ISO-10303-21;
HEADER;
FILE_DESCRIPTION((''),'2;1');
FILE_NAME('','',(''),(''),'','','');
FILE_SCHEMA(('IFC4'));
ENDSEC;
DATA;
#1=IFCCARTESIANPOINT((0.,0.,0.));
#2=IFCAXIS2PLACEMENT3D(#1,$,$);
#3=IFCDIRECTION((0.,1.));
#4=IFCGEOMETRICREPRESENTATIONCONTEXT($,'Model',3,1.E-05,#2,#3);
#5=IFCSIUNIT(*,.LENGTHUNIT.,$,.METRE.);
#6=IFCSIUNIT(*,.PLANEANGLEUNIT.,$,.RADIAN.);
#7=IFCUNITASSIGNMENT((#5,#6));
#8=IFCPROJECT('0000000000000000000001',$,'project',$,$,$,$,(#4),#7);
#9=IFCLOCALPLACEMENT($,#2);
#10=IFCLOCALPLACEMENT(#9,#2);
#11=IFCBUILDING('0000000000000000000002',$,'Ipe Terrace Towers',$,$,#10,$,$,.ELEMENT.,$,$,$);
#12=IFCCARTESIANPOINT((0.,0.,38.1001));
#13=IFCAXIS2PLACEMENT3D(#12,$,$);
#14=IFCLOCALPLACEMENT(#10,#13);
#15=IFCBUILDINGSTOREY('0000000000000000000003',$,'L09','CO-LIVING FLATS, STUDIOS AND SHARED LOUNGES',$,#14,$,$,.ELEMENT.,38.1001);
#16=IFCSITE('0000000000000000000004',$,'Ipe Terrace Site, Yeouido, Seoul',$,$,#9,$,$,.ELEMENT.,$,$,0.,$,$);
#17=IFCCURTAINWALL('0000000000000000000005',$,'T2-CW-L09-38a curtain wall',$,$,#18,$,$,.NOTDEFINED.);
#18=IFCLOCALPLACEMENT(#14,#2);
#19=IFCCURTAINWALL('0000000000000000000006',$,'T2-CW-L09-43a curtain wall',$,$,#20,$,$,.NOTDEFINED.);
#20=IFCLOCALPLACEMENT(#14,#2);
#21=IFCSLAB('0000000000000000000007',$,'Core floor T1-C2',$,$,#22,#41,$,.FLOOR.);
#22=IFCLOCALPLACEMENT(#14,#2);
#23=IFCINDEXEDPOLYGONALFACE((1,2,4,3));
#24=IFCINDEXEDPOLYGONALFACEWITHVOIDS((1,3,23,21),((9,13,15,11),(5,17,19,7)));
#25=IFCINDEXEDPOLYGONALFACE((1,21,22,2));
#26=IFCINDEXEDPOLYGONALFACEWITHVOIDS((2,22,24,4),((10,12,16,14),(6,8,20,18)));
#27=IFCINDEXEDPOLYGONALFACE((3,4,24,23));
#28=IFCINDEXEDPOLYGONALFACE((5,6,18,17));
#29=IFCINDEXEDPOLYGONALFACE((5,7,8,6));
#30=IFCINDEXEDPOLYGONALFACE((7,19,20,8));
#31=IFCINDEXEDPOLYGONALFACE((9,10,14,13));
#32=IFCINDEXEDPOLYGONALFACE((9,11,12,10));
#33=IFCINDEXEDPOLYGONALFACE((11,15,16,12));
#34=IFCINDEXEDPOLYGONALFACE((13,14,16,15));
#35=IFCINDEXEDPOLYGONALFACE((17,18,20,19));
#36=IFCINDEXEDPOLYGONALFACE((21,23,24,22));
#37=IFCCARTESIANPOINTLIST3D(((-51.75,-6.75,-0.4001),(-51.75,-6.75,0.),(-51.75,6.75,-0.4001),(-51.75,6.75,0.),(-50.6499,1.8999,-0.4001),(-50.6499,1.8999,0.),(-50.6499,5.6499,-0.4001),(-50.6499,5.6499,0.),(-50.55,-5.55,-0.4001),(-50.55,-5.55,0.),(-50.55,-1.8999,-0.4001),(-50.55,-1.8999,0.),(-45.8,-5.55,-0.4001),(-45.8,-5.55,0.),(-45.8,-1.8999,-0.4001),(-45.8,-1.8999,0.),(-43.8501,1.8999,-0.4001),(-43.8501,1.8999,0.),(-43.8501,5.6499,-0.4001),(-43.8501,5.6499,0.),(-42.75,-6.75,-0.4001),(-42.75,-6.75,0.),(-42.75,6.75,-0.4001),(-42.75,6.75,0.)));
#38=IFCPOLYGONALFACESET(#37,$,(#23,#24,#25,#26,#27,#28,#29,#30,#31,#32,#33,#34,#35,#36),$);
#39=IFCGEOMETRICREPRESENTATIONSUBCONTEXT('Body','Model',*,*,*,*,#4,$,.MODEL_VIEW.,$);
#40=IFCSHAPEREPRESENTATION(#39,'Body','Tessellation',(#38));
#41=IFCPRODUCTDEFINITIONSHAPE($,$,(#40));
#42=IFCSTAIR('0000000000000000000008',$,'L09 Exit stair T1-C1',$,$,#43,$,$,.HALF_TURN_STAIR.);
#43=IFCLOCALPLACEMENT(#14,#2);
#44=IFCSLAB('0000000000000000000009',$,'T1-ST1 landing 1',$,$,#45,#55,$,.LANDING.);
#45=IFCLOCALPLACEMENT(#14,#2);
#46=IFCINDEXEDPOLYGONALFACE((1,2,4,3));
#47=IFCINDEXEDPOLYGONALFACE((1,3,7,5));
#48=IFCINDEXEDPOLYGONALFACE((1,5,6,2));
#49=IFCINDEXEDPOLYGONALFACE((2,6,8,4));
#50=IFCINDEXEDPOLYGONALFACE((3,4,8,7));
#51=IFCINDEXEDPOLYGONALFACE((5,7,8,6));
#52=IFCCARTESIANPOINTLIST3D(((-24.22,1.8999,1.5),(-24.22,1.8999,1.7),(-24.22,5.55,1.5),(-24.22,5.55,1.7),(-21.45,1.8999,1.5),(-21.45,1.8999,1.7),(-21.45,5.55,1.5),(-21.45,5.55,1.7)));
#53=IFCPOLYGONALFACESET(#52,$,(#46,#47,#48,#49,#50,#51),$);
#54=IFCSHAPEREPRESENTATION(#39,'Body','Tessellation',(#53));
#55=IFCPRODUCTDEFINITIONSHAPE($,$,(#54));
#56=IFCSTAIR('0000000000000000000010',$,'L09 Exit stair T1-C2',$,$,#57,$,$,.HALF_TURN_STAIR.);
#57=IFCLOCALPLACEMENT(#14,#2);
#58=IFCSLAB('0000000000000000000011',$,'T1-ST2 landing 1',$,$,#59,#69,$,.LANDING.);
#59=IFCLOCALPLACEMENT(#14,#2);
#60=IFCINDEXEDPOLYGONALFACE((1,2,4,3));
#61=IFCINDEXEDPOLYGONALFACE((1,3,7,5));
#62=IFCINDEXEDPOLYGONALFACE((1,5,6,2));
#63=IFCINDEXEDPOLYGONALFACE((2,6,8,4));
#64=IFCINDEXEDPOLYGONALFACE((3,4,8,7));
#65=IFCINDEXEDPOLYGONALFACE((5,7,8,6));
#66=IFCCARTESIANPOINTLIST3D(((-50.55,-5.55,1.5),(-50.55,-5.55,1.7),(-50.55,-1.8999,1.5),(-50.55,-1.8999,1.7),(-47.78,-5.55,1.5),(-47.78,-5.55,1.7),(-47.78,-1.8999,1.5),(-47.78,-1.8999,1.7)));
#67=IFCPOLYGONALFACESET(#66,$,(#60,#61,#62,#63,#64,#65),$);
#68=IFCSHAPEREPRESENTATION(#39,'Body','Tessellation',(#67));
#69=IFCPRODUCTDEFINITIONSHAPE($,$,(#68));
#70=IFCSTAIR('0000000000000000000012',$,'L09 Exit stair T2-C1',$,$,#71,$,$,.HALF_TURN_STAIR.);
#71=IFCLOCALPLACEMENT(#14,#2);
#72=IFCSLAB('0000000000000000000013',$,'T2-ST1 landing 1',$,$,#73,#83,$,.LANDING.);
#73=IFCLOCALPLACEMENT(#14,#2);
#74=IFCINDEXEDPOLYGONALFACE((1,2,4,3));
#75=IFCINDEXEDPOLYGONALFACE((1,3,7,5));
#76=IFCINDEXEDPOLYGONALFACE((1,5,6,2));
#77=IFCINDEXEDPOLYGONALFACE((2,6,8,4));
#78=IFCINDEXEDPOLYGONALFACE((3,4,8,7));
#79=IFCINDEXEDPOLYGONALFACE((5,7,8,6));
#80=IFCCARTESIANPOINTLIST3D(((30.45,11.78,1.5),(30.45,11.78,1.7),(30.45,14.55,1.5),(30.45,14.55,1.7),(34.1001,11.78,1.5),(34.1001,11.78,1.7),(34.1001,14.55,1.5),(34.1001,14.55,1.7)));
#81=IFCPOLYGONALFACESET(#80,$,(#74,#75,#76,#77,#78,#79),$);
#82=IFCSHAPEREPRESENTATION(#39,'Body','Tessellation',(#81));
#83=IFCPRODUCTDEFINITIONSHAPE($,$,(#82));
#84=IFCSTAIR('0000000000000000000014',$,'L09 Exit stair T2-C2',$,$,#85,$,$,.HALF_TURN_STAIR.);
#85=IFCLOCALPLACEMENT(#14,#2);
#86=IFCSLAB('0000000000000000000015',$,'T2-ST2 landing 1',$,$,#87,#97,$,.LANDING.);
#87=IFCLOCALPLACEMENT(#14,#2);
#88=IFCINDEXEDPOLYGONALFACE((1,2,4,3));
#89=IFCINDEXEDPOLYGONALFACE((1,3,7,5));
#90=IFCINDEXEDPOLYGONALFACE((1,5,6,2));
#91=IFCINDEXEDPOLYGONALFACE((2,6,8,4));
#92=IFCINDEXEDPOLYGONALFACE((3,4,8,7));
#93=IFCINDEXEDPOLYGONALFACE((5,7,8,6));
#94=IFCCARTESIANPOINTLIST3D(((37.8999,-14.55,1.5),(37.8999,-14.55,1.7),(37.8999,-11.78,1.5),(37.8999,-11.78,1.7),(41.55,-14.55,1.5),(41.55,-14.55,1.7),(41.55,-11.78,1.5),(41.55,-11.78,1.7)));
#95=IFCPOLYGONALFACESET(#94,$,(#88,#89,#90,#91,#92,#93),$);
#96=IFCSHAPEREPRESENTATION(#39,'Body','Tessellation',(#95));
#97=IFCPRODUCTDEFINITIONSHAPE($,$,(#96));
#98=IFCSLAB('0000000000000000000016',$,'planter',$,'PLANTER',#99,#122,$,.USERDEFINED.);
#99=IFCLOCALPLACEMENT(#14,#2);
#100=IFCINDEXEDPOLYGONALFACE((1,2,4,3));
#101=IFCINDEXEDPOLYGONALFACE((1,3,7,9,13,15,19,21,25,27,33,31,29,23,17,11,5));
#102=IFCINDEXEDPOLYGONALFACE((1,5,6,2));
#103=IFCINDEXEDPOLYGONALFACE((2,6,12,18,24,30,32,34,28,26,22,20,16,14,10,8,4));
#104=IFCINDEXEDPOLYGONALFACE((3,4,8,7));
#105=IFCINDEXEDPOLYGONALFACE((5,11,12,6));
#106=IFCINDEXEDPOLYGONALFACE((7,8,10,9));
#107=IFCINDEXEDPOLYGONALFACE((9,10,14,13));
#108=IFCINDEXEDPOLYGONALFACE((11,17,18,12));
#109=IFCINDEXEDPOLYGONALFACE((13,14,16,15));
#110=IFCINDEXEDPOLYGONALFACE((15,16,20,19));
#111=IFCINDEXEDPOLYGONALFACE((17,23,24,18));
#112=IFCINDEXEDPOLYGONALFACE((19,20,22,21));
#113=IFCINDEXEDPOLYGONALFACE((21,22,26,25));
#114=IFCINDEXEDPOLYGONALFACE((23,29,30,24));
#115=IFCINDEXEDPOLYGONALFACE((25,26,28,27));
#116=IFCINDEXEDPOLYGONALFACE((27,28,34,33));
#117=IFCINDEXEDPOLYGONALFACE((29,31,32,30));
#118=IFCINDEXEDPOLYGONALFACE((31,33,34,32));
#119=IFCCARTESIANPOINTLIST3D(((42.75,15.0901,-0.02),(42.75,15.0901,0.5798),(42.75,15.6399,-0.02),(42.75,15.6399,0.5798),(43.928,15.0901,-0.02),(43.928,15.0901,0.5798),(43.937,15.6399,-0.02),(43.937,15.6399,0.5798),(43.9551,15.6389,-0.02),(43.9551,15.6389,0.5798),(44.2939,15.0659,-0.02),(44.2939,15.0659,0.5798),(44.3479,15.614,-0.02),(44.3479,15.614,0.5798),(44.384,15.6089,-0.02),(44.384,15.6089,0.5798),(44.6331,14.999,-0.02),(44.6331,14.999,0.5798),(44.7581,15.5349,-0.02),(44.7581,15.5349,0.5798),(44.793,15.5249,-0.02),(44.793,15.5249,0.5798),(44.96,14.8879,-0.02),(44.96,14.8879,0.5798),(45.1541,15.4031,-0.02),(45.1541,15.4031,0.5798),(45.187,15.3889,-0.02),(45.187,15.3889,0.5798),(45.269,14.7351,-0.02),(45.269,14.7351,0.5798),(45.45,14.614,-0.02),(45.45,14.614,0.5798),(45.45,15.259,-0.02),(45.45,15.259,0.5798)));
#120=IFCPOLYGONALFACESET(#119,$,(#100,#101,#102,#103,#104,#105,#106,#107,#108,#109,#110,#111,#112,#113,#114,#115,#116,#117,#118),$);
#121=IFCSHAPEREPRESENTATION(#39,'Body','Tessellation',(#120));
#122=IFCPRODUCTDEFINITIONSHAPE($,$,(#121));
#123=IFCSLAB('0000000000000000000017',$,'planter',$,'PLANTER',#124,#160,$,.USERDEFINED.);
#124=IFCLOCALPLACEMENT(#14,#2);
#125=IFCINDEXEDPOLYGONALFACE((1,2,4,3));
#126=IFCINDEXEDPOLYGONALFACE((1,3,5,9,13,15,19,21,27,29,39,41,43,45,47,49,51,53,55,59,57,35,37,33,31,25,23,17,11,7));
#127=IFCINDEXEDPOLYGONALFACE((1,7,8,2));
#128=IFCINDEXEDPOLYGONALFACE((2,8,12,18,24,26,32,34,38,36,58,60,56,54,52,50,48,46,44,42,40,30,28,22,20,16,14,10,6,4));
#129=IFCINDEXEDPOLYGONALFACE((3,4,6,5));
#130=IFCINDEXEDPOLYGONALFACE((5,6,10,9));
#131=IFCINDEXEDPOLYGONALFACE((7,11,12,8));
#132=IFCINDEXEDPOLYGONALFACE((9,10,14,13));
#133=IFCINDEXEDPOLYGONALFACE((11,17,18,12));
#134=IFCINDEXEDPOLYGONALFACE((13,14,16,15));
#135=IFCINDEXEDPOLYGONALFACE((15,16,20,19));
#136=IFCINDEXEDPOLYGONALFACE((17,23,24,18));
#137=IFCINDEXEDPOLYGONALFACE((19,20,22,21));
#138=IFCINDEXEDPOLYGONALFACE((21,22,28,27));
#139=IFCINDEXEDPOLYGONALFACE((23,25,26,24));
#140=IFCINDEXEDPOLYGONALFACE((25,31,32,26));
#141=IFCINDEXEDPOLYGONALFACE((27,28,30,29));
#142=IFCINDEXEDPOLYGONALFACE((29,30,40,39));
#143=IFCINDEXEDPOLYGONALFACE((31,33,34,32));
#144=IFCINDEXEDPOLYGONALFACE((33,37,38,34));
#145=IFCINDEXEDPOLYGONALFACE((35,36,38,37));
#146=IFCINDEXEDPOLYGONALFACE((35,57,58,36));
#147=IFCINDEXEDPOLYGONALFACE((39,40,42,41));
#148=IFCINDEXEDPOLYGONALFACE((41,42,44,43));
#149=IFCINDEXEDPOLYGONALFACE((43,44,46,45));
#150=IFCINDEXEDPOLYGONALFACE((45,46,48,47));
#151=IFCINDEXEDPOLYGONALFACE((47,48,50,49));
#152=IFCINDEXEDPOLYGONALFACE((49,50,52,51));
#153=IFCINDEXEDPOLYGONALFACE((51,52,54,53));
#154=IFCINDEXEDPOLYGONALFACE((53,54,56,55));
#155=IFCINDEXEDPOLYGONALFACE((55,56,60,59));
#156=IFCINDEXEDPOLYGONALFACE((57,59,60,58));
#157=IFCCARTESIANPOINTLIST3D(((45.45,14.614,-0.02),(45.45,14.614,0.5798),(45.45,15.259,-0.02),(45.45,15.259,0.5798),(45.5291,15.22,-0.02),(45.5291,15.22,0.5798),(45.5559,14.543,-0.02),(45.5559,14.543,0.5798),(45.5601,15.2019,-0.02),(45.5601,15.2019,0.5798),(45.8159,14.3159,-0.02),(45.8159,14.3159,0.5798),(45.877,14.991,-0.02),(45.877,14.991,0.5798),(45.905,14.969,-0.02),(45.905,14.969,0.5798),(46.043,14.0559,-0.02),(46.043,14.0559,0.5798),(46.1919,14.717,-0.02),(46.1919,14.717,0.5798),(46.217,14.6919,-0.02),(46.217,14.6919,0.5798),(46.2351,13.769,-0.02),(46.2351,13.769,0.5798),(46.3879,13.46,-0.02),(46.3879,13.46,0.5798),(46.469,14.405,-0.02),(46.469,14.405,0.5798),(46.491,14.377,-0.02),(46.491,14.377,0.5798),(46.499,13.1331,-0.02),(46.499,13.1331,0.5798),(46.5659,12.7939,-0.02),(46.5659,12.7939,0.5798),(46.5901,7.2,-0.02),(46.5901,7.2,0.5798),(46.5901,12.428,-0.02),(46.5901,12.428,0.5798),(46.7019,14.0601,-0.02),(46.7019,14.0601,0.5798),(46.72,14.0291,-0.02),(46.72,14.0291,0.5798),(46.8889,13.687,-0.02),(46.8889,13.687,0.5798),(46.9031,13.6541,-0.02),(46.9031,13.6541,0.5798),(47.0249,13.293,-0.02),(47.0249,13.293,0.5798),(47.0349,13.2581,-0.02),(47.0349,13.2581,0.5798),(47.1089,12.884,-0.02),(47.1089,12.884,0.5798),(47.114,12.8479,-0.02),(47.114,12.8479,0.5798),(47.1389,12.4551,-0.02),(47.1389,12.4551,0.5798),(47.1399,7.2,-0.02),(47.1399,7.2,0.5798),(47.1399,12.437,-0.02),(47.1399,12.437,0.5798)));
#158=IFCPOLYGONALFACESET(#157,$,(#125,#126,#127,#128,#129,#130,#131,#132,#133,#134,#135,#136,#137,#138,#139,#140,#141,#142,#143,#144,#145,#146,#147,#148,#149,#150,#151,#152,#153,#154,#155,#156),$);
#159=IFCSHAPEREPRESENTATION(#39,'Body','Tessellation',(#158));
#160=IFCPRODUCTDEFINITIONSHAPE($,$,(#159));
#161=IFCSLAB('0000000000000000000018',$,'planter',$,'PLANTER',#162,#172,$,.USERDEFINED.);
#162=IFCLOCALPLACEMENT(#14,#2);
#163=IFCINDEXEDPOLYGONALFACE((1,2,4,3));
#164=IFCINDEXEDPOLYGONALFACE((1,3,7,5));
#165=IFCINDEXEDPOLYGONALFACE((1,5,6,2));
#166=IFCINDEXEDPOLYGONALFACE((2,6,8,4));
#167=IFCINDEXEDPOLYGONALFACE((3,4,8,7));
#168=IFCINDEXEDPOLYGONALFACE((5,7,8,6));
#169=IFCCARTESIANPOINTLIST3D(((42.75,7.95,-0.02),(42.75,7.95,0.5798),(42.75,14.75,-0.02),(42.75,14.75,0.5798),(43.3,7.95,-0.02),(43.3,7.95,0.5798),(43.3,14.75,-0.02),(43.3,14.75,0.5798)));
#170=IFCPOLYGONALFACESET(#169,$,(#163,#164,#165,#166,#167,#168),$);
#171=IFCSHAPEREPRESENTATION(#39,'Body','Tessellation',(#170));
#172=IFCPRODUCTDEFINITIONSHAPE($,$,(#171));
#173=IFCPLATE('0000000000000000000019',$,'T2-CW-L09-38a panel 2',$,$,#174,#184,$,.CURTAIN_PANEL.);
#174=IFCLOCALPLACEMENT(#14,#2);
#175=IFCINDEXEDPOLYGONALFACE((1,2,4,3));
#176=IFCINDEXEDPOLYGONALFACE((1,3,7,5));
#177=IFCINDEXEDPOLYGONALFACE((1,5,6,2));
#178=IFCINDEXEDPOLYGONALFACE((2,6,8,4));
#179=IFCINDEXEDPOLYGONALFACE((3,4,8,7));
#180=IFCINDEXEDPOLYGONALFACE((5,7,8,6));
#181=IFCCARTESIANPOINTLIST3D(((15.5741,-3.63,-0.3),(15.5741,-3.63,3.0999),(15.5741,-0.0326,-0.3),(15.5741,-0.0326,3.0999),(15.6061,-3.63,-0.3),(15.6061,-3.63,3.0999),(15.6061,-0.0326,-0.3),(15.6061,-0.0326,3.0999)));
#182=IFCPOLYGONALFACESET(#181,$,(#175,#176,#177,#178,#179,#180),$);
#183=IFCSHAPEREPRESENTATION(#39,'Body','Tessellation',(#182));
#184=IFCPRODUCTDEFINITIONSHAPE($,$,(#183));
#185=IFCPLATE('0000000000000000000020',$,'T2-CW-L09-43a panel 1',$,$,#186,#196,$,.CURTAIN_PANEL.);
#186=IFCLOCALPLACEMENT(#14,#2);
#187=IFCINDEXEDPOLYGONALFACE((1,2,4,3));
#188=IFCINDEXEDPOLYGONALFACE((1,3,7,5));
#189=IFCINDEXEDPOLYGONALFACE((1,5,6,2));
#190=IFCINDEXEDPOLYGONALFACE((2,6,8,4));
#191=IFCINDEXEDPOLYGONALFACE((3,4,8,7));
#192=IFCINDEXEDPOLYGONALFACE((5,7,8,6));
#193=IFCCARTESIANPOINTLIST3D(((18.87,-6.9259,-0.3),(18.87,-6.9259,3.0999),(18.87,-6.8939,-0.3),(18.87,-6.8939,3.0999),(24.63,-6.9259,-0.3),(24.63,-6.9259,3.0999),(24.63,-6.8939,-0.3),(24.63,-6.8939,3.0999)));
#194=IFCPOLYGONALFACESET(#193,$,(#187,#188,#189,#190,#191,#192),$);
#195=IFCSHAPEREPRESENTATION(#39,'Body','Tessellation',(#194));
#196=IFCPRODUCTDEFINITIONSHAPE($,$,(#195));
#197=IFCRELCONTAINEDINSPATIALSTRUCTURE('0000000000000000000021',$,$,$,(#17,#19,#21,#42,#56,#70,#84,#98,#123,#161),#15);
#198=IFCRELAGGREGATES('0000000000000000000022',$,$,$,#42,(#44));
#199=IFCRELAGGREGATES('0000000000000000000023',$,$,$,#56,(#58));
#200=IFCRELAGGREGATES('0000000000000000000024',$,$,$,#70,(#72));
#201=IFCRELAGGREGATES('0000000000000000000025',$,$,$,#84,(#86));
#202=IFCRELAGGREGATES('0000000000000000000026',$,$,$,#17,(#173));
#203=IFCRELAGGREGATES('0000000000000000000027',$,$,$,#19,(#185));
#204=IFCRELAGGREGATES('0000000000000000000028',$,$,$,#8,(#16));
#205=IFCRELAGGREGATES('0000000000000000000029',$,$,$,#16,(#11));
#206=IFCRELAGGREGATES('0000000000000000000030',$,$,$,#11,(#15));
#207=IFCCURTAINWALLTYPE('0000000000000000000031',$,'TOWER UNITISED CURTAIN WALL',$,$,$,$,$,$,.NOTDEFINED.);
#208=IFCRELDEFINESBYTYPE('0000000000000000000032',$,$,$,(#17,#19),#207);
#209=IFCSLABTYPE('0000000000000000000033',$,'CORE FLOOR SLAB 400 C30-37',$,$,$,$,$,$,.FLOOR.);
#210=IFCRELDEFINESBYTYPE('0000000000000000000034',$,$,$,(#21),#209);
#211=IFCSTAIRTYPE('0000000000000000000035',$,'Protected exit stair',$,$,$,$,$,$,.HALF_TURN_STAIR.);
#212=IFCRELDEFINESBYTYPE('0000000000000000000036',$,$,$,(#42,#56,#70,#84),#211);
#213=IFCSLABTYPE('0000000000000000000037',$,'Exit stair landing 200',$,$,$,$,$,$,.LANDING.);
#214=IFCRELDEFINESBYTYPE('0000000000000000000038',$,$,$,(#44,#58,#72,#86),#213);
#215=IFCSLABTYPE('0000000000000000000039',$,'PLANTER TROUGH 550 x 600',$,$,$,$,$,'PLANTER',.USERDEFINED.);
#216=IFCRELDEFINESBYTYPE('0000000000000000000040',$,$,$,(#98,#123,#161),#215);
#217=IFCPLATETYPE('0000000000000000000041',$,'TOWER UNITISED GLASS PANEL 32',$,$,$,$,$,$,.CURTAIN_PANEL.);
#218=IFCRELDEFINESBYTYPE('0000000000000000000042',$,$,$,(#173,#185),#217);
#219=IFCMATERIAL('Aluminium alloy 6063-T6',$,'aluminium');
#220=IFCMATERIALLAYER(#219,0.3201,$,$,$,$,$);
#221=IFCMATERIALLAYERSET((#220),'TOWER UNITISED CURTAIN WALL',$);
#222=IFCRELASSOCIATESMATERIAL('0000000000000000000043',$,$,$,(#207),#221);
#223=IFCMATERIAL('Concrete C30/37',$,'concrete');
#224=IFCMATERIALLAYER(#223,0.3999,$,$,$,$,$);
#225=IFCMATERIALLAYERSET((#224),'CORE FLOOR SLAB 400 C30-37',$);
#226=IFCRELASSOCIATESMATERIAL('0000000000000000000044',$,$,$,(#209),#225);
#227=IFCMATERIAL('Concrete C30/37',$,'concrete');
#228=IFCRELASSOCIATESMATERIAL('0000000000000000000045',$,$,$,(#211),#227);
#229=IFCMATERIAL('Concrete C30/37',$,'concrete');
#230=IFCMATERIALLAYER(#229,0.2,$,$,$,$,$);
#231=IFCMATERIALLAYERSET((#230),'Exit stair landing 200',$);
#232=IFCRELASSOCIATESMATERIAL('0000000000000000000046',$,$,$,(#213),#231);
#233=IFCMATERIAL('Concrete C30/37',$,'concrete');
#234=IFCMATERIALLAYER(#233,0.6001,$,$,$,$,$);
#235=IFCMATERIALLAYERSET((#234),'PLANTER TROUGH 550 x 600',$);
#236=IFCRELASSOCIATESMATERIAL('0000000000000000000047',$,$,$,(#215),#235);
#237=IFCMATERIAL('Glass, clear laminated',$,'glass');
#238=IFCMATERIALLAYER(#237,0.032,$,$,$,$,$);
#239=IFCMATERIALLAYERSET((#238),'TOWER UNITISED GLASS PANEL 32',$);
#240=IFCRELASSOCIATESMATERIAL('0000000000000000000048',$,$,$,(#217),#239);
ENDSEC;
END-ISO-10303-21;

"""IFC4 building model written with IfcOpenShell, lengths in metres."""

from ifc_helpers import new_model, si_unit, direction, frame, origin, origin_2d, place, context, subcontext, project, spatial, polyline, rectangle, outline, extrude, material, layer, layer_set, type_object, element, aggregate, save


model = new_model("IFC4")

# Units and contexts
model_context = context("Model", 3, precision=1e-05, world=origin(), true_north=direction((0.0, 1.0)))
body_context = subcontext(model_context, "Body", "Model", "MODEL_VIEW")
ifc_project = project(units=[si_unit("LENGTHUNIT", "METRE"), si_unit("PLANEANGLEUNIT", "RADIAN")], contexts=[model_context])

# Site, building, storey
site_placement = place(None, origin())
site = spatial("IfcSite", under=ifc_project, at=site_placement, Name="Ipe Terrace Site, Yeouido, Seoul", CompositionType="ELEMENT", RefElevation=0.0)
building_placement = place(site_placement, origin())
building = spatial("IfcBuilding", under=site, at=building_placement, Name="Ipe Terrace Towers", CompositionType="ELEMENT")
storey_placement = place(building_placement, frame((0.0, 0.0, 38.1001)))
storey = spatial("IfcBuildingStorey", under=building, at=storey_placement, Name="L09", Description="CO-LIVING FLATS, STUDIOS AND SHARED LOUNGES", CompositionType="ELEMENT", Elevation=38.1001)

# Curtain wall
ifc_material_1 = material(Name="Aluminium alloy 6063-T6", Category="aluminium")
ifc_layer_1 = layer(ifc_material_1, 0.3201)
ifc_layer_set_1 = layer_set([ifc_layer_1], Name="TOWER UNITISED CURTAIN WALL")
curtain_wall_type = type_object("IfcCurtainWallType", Name="TOWER UNITISED CURTAIN WALL", PredefinedType="NOTDEFINED", material=ifc_layer_set_1)
curtain_wall_1_placement = place(storey_placement, origin())
curtain_wall_1 = element("IfcCurtainWall", 1, at=curtain_wall_1_placement, inside=storey, type_object=curtain_wall_type, Name="T2-CW-L09-38a curtain wall", PredefinedType="NOTDEFINED")

# Curtain wall
curtain_wall_2_placement = place(storey_placement, origin())
curtain_wall_2 = element("IfcCurtainWall", 2, at=curtain_wall_2_placement, inside=storey, type_object=curtain_wall_type, Name="T2-CW-L09-43a curtain wall", PredefinedType="NOTDEFINED")

# Slab
ifc_material_2 = material(Name="Concrete C30/37", Category="concrete")
ifc_layer_2 = layer(ifc_material_2, 0.3999)
ifc_layer_set_2 = layer_set([ifc_layer_2], Name="CORE FLOOR SLAB 400 C30-37")
slab_type_1 = type_object("IfcSlabType", Name="CORE FLOOR SLAB 400 C30-37", PredefinedType="FLOOR", material=ifc_layer_set_2)
slab_1_placement = place(storey_placement, frame((0.0, 0.0, -0.4001)))
element("IfcSlab", 3, at=slab_1_placement, inside=storey, type_object=slab_type_1, Name="Core floor T1-C2", PredefinedType="FLOOR", context=body_context, shape_type="SweptSolid", body=[
    extrude(outline(polyline([(-51.75, -6.75), (-51.75, 6.75), (-42.75, 6.75), (-42.75, -6.75), (-51.75, -6.75)]), holes=[polyline([(-45.8, -5.55), (-45.8, -1.8999), (-50.55, -1.8999), (-50.55, -5.55), (-45.8, -5.55)]), polyline([(-50.6499, 1.8999), (-43.8501, 1.8999), (-43.8501, 5.6499), (-50.6499, 5.6499), (-50.6499, 1.8999)])]), origin(), (0.0, 0.0, 1.0), 0.4001),
])

# Stairs, slabs
ifc_material_3 = material(Name="Concrete C30/37", Category="concrete")
stair_type = type_object("IfcStairType", Name="Protected exit stair", PredefinedType="HALF_TURN_STAIR", material=ifc_material_3)
stair_1_placement = place(storey_placement, origin())
stair_1 = element("IfcStair", 4, at=stair_1_placement, inside=storey, type_object=stair_type, Name="L09 Exit stair T1-C1", PredefinedType="HALF_TURN_STAIR")
ifc_material_4 = material(Name="Concrete C30/37", Category="concrete")
ifc_layer_3 = layer(ifc_material_4, 0.2)
ifc_layer_set_3 = layer_set([ifc_layer_3], Name="Exit stair landing 200")
slab_type_2 = type_object("IfcSlabType", Name="Exit stair landing 200", PredefinedType="LANDING", material=ifc_layer_set_3)
slab_2_placement = place(storey_placement, frame((0.0, 0.0, 1.5)))
slab_2 = element("IfcSlab", 5, at=slab_2_placement, type_object=slab_type_2, Name="T1-ST1 landing 1", PredefinedType="LANDING", context=body_context, shape_type="SweptSolid", body=[
    extrude(outline(polyline([(-24.22, 1.8999), (-21.45, 1.8999), (-21.45, 5.55), (-24.22, 5.55), (-24.22, 1.8999)])), origin(), (0.0, 0.0, 1.0), 0.2),
])
aggregate(stair_1, [slab_2])
stair_2_placement = place(storey_placement, origin())
stair_2 = element("IfcStair", 6, at=stair_2_placement, inside=storey, type_object=stair_type, Name="L09 Exit stair T1-C2", PredefinedType="HALF_TURN_STAIR")
slab_3_placement = place(storey_placement, frame((0.0, 0.0, 1.5)))
slab_3 = element("IfcSlab", 7, at=slab_3_placement, type_object=slab_type_2, Name="T1-ST2 landing 1", PredefinedType="LANDING", context=body_context, shape_type="SweptSolid", body=[
    extrude(outline(polyline([(-47.78, -1.8999), (-50.55, -1.8999), (-50.55, -5.55), (-47.78, -5.55), (-47.78, -1.8999)])), origin(), (0.0, 0.0, 1.0), 0.2),
])
aggregate(stair_2, [slab_3])
stair_3_placement = place(storey_placement, origin())
stair_3 = element("IfcStair", 8, at=stair_3_placement, inside=storey, type_object=stair_type, Name="L09 Exit stair T2-C1", PredefinedType="HALF_TURN_STAIR")
slab_4_placement = place(storey_placement, frame((0.0, 0.0, 1.5)))
slab_4 = element("IfcSlab", 9, at=slab_4_placement, type_object=slab_type_2, Name="T2-ST1 landing 1", PredefinedType="LANDING", context=body_context, shape_type="SweptSolid", body=[
    extrude(outline(polyline([(34.1001, 11.78), (34.1001, 14.55), (30.45, 14.55), (30.45, 11.78), (34.1001, 11.78)])), origin(), (0.0, 0.0, 1.0), 0.2),
])
aggregate(stair_3, [slab_4])
stair_4_placement = place(storey_placement, origin())
stair_4 = element("IfcStair", 10, at=stair_4_placement, inside=storey, type_object=stair_type, Name="L09 Exit stair T2-C2", PredefinedType="HALF_TURN_STAIR")
slab_5_placement = place(storey_placement, frame((0.0, 0.0, 1.5)))
slab_5 = element("IfcSlab", 11, at=slab_5_placement, type_object=slab_type_2, Name="T2-ST2 landing 1", PredefinedType="LANDING", context=body_context, shape_type="SweptSolid", body=[
    extrude(outline(polyline([(37.8999, -11.78), (37.8999, -14.55), (41.55, -14.55), (41.55, -11.78), (37.8999, -11.78)])), origin(), (0.0, 0.0, 1.0), 0.2),
])
aggregate(stair_4, [slab_5])

# Slabs
ifc_material_5 = material(Name="Concrete C30/37", Category="concrete")
ifc_layer_4 = layer(ifc_material_5, 0.6001)
ifc_layer_set_4 = layer_set([ifc_layer_4], Name="PLANTER TROUGH 550 x 600")
slab_type_3 = type_object("IfcSlabType", Name="PLANTER TROUGH 550 x 600", ElementType="PLANTER", PredefinedType="USERDEFINED", material=ifc_layer_set_4)
slab_6_placement = place(storey_placement, frame((0.0, 0.0, -0.02)))
element("IfcSlab", 12, at=slab_6_placement, inside=storey, type_object=slab_type_3, Name="planter", ObjectType="PLANTER", PredefinedType="USERDEFINED", context=body_context, shape_type="SweptSolid", body=[
    extrude(outline(polyline([(44.6331, 14.999), (44.96, 14.8879), (45.269, 14.7351), (45.45, 14.614), (45.45, 15.259), (45.187, 15.3889), (45.1541, 15.4031), (44.793, 15.5249), (44.7581, 15.5349), (44.384, 15.6089), (44.3479, 15.614), (43.9551, 15.6389), (43.937, 15.6399), (42.75, 15.6399), (42.75, 15.0901), (43.928, 15.0901), (44.2939, 15.0659), (44.6331, 14.999)])), origin(), (0.0, 0.0, 1.0), 0.5999),
])
slab_7_placement = place(storey_placement, frame((0.0, 0.0, -0.02)))
element("IfcSlab", 13, at=slab_7_placement, inside=storey, type_object=slab_type_3, Name="planter", ObjectType="PLANTER", PredefinedType="USERDEFINED", context=body_context, shape_type="SweptSolid", body=[
    extrude(outline(polyline([(45.5559, 14.543), (45.8159, 14.3159), (46.043, 14.0559), (46.2351, 13.769), (46.3879, 13.46), (46.499, 13.1331), (46.5659, 12.7939), (46.5901, 12.428), (46.5901, 7.2), (47.1399, 7.2), (47.1399, 12.437), (47.1389, 12.4551), (47.114, 12.8479), (47.1089, 12.884), (47.0349, 13.2581), (47.0249, 13.293), (46.9031, 13.6541), (46.8889, 13.687), (46.72, 14.0291), (46.7019, 14.0601), (46.491, 14.377), (46.469, 14.405), (46.217, 14.6919), (46.1919, 14.717), (45.905, 14.969), (45.877, 14.991), (45.5601, 15.2019), (45.5291, 15.22), (45.45, 15.259), (45.45, 14.614), (45.5559, 14.543)])), origin(), (0.0, 0.0, 1.0), 0.5999),
])
slab_8_placement = place(storey_placement, frame((0.0, 0.0, -0.02)))
element("IfcSlab", 14, at=slab_8_placement, inside=storey, type_object=slab_type_3, Name="planter", ObjectType="PLANTER", PredefinedType="USERDEFINED", context=body_context, shape_type="SweptSolid", body=[
    extrude(outline(polyline([(42.75, 7.95), (43.3, 7.95), (43.3, 14.75), (42.75, 14.75), (42.75, 7.95)])), origin(), (0.0, 0.0, 1.0), 0.5999),
])

# Plates
ifc_material_6 = material(Name="Glass, clear laminated", Category="glass")
ifc_layer_5 = layer(ifc_material_6, 0.032)
ifc_layer_set_5 = layer_set([ifc_layer_5], Name="TOWER UNITISED GLASS PANEL 32")
plate_type = type_object("IfcPlateType", Name="TOWER UNITISED GLASS PANEL 32", PredefinedType="CURTAIN_PANEL", material=ifc_layer_set_5)
plate_1_placement = place(storey_placement, frame((15.5901, -1.8313, -0.3), z_axis=(0.0, 0.0, 1.0), x_axis=(0.0, -1.0, 0.0)))
plate_1 = element("IfcPlate", 15, at=plate_1_placement, type_object=plate_type, Name="T2-CW-L09-38a panel 2", PredefinedType="CURTAIN_PANEL", context=body_context, shape_type="SweptSolid", body=[
    extrude(rectangle(XDim=3.5974, YDim=0.032, at=origin_2d()), origin(), (0.0, 0.0, 1.0), 3.3999),
])
aggregate(curtain_wall_1, [plate_1])
plate_2_placement = place(storey_placement, frame((21.75, -6.9099, -0.3), z_axis=(0.0, 0.0, 1.0), x_axis=(1.0, 0.0, 0.0)))
plate_2 = element("IfcPlate", 16, at=plate_2_placement, type_object=plate_type, Name="T2-CW-L09-43a panel 1", PredefinedType="CURTAIN_PANEL", context=body_context, shape_type="SweptSolid", body=[
    extrude(rectangle(XDim=5.76, YDim=0.032, at=origin_2d()), origin(), (0.0, 0.0, 1.0), 3.3999),
])
aggregate(curtain_wall_2, [plate_2])

save(model, "model.ifc")
